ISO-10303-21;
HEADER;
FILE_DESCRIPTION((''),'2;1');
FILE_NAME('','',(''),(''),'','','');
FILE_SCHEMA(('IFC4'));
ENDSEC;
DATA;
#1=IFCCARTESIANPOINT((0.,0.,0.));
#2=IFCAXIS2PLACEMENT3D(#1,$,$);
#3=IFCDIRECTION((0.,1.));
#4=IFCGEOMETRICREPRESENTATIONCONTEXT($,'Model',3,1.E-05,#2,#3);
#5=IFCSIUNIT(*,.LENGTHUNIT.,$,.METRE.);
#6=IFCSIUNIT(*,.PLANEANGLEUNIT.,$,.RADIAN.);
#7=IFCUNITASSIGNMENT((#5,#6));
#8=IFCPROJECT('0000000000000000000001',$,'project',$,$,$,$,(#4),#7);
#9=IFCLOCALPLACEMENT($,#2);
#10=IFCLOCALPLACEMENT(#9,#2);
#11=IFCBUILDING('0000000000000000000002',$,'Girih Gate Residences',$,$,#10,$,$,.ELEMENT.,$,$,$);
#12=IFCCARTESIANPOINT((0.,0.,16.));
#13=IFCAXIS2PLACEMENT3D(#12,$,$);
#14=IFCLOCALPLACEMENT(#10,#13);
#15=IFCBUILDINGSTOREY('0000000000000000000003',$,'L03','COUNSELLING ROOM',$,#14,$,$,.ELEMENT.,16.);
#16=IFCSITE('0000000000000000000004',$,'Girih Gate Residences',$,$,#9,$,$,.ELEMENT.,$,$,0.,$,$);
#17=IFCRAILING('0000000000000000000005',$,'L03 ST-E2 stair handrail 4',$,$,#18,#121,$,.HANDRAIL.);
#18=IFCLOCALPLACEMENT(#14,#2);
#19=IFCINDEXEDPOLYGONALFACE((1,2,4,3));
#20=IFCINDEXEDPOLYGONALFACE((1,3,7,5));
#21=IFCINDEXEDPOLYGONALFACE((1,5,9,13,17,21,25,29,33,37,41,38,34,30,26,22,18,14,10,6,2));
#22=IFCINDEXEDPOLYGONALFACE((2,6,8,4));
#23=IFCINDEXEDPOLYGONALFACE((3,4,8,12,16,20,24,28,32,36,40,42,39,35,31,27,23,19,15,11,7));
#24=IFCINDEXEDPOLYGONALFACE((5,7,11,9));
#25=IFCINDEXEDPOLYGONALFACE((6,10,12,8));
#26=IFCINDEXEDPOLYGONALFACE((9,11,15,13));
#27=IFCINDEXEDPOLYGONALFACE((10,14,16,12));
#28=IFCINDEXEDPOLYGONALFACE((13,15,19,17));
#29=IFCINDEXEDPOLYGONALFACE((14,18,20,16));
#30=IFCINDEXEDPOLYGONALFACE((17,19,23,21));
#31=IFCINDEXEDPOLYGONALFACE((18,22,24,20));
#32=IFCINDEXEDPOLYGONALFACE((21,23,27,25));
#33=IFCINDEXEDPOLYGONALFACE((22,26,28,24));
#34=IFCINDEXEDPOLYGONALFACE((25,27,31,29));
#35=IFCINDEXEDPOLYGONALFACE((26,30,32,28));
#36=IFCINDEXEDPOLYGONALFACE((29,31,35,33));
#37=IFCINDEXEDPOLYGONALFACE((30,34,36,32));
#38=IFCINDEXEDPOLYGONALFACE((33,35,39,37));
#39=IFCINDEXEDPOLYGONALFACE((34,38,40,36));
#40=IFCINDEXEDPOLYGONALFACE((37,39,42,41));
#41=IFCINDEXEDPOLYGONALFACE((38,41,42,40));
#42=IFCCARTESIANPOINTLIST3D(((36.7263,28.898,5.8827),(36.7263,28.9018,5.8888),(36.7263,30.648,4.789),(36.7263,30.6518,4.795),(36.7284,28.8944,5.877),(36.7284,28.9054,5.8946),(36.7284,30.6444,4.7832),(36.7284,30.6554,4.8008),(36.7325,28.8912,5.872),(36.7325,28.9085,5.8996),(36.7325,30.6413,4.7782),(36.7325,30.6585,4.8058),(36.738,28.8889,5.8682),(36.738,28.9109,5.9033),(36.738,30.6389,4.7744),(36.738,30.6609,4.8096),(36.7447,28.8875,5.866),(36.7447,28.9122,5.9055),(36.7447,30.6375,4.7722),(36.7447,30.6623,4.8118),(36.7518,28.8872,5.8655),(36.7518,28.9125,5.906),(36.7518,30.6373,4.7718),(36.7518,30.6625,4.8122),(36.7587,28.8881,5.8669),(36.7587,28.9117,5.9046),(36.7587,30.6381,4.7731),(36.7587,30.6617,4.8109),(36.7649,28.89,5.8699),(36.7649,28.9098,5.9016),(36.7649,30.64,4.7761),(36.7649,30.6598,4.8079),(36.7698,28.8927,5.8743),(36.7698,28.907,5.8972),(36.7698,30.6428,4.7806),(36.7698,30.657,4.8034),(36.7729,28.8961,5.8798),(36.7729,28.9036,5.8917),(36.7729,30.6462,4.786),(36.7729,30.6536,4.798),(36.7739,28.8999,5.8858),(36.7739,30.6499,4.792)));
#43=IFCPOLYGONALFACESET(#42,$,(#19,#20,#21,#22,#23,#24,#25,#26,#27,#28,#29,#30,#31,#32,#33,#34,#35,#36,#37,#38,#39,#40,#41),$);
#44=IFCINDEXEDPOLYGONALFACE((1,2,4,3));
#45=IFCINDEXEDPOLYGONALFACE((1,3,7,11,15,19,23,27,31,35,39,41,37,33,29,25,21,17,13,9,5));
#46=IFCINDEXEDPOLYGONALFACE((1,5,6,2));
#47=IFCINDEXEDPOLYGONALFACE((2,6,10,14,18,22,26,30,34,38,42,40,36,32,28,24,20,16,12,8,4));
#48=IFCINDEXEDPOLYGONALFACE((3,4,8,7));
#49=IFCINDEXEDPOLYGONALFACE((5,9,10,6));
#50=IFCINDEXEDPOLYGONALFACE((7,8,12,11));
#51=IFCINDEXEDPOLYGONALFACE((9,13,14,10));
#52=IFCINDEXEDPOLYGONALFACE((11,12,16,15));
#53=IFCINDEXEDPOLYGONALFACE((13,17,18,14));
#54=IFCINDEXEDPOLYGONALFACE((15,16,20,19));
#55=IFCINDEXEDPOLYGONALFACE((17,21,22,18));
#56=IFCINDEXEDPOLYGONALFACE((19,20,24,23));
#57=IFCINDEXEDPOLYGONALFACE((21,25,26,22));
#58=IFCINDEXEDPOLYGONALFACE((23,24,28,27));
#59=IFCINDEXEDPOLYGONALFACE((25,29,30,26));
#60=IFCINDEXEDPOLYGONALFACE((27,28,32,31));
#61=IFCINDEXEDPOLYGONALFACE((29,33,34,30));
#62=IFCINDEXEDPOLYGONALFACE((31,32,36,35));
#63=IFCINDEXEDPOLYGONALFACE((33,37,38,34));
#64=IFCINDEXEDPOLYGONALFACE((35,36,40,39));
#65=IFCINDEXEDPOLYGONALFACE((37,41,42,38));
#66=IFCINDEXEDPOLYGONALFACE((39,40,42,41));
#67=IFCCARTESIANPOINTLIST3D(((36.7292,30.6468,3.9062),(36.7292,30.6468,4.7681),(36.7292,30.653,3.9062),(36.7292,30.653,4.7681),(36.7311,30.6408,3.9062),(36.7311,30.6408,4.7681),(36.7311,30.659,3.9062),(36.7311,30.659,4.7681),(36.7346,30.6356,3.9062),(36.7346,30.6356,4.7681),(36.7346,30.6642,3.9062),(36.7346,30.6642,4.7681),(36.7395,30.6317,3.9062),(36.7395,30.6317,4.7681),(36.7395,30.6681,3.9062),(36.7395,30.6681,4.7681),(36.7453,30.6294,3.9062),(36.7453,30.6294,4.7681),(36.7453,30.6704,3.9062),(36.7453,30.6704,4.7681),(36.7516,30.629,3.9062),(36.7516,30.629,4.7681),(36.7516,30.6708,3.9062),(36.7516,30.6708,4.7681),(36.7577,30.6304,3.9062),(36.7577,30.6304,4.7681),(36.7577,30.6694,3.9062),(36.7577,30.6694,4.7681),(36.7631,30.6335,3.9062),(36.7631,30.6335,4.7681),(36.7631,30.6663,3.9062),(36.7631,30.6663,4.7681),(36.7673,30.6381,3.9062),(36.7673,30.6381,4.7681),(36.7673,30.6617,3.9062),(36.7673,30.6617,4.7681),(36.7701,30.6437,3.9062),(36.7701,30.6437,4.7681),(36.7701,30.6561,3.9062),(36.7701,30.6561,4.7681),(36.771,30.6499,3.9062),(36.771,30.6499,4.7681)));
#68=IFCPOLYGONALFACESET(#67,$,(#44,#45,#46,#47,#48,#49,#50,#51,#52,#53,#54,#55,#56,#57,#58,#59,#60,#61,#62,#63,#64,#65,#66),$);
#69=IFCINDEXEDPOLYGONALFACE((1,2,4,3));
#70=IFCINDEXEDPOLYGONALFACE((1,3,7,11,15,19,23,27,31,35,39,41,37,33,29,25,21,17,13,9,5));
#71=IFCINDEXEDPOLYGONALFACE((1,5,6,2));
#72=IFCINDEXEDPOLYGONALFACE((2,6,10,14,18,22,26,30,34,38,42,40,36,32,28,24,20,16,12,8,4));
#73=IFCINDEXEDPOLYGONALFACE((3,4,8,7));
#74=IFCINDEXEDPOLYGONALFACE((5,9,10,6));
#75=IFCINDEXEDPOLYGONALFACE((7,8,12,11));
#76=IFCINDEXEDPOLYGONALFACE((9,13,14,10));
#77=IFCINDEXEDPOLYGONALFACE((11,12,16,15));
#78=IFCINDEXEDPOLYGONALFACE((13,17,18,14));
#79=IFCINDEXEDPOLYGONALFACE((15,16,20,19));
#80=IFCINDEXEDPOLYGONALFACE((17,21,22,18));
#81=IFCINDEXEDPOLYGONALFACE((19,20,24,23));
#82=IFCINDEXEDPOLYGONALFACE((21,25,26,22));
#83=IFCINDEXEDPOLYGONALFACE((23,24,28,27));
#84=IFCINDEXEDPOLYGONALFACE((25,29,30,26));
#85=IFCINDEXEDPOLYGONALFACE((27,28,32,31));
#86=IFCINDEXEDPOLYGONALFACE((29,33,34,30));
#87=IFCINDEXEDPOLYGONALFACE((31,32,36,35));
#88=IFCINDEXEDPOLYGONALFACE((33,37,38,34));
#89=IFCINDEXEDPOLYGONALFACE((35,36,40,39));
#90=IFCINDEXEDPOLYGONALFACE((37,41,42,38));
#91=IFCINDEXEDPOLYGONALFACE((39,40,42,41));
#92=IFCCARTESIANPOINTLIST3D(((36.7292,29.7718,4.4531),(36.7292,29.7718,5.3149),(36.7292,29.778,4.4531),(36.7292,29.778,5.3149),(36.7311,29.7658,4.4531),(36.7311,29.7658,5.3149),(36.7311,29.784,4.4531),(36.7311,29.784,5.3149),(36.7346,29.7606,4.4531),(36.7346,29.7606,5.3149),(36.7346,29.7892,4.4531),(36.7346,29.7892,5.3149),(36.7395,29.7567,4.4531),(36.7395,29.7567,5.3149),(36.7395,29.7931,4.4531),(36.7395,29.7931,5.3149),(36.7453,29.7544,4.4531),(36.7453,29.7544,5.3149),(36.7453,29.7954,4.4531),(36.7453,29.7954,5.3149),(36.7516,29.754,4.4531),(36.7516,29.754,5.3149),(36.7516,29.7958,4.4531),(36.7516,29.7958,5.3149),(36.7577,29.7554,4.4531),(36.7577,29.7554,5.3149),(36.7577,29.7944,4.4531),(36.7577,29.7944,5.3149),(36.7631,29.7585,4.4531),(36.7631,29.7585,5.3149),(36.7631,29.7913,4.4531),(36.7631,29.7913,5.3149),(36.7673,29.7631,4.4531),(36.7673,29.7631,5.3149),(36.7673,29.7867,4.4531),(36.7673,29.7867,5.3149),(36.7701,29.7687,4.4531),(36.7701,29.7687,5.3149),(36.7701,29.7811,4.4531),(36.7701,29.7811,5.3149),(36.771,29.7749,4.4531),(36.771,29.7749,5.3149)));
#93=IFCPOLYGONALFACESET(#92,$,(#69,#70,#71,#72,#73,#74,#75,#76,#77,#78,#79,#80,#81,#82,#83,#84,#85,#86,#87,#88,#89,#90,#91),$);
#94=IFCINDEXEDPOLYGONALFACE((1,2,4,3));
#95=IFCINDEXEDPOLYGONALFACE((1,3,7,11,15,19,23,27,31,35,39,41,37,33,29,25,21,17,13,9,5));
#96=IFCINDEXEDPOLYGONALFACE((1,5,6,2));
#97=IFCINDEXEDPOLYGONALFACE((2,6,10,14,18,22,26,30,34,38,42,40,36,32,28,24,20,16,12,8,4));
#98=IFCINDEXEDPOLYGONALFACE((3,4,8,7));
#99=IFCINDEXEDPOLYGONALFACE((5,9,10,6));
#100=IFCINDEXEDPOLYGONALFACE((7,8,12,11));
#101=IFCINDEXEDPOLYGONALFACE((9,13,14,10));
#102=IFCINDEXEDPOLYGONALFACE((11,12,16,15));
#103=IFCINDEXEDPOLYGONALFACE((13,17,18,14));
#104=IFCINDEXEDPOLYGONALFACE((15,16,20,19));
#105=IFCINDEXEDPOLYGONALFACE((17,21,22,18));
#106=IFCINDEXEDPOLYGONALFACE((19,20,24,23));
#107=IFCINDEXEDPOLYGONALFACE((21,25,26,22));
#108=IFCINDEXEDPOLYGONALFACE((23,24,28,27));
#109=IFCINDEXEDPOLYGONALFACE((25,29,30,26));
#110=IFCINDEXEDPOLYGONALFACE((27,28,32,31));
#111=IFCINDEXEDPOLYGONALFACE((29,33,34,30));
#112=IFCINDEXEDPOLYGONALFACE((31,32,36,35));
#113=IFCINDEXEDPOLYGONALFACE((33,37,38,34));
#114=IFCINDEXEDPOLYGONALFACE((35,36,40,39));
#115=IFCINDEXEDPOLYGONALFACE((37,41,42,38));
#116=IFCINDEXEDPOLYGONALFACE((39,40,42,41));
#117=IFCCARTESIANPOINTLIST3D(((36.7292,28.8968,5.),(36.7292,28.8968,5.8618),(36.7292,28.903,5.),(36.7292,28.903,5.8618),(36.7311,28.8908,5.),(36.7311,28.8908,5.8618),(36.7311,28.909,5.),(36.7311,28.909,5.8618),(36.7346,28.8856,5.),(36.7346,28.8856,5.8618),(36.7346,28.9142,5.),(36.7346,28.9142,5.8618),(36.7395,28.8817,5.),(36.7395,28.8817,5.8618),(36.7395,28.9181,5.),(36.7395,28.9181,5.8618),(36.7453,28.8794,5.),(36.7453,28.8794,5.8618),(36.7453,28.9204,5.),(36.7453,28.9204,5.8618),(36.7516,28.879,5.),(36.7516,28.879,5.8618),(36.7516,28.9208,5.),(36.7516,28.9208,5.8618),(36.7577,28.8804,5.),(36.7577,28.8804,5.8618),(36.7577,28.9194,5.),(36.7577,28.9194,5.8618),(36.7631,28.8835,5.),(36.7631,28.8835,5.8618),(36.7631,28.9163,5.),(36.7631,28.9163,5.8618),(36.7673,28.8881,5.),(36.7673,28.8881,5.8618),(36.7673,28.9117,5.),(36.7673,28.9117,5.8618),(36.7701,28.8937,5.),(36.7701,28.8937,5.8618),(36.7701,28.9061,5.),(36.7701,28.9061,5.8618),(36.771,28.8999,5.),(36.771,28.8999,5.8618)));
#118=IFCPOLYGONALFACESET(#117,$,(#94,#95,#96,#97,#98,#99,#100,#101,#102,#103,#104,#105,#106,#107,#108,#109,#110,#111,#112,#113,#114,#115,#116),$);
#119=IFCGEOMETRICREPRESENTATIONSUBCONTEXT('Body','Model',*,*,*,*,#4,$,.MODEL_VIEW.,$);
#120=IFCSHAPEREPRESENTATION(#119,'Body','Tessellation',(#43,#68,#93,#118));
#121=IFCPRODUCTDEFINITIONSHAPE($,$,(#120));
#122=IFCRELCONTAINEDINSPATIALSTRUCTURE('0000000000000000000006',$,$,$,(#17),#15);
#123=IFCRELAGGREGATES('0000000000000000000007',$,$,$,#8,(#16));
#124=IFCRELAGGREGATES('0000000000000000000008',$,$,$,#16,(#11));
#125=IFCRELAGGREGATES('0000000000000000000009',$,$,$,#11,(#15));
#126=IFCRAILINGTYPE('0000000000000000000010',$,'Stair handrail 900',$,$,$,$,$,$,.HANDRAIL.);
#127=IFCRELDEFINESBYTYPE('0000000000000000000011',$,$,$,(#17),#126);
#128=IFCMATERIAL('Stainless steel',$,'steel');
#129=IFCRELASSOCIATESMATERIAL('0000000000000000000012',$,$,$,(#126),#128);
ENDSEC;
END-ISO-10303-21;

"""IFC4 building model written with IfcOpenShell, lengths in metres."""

from ifc_helpers import new_model, si_unit, direction, frame, origin, origin_2d, place, context, subcontext, project, spatial, circle, extrude, material, type_object, element, save


model = new_model("IFC4")

# Units and contexts
model_context = context("Model", 3, precision=1e-05, world=origin(), true_north=direction((0.0, 1.0)))
body_context = subcontext(model_context, "Body", "Model", "MODEL_VIEW")
ifc_project = project(units=[si_unit("LENGTHUNIT", "METRE"), si_unit("PLANEANGLEUNIT", "RADIAN")], contexts=[model_context])

# Site, building, storey
site_placement = place(None, origin())
site = spatial("IfcSite", under=ifc_project, at=site_placement, Name="Girih Gate Residences", CompositionType="ELEMENT", RefElevation=0.0)
building_placement = place(site_placement, origin())
building = spatial("IfcBuilding", under=site, at=building_placement, Name="Girih Gate Residences", CompositionType="ELEMENT")
storey_placement = place(building_placement, frame((0.0, 0.0, 16.0)))
storey = spatial("IfcBuildingStorey", under=building, at=storey_placement, Name="L03", Description="COUNSELLING ROOM", CompositionType="ELEMENT", Elevation=16.0)

# Railing
ifc_material_1 = material(Name="Stainless steel", Category="steel")
railing_type_1 = type_object("IfcRailingType", Name="Stair handrail 900", PredefinedType="HANDRAIL", material=ifc_material_1)
railing_1_placement = place(storey_placement, frame((36.75, 30.6499, 3.9062)))
element("IfcRailing", 1, at=railing_1_placement, inside=storey, type_object=railing_type_1, Name="L03 ST-E2 stair handrail 4", PredefinedType="HANDRAIL", context=body_context, shape_type="SweptSolid", body=[
    extrude(circle(Radius=0.0239, at=origin_2d()), frame((0.0, 0.0, 0.8857), z_axis=(0.0, -0.847998, 0.529999), x_axis=(1.0, 0.0, 0.0)), (0.0, 0.0, 1.0), 2.0637),
    extrude(circle(Radius=0.021, at=origin_2d()), origin(), (0.0, 0.0, 1.0), 0.8618),
    extrude(circle(Radius=0.021, at=origin_2d()), frame((0.0, -0.875, 0.5469)), (0.0, 0.0, 1.0), 0.8618),
    extrude(circle(Radius=0.021, at=origin_2d()), frame((0.0, -1.75, 1.0938)), (0.0, 0.0, 1.0), 0.8618),
])

save(model, "model.ifc")
